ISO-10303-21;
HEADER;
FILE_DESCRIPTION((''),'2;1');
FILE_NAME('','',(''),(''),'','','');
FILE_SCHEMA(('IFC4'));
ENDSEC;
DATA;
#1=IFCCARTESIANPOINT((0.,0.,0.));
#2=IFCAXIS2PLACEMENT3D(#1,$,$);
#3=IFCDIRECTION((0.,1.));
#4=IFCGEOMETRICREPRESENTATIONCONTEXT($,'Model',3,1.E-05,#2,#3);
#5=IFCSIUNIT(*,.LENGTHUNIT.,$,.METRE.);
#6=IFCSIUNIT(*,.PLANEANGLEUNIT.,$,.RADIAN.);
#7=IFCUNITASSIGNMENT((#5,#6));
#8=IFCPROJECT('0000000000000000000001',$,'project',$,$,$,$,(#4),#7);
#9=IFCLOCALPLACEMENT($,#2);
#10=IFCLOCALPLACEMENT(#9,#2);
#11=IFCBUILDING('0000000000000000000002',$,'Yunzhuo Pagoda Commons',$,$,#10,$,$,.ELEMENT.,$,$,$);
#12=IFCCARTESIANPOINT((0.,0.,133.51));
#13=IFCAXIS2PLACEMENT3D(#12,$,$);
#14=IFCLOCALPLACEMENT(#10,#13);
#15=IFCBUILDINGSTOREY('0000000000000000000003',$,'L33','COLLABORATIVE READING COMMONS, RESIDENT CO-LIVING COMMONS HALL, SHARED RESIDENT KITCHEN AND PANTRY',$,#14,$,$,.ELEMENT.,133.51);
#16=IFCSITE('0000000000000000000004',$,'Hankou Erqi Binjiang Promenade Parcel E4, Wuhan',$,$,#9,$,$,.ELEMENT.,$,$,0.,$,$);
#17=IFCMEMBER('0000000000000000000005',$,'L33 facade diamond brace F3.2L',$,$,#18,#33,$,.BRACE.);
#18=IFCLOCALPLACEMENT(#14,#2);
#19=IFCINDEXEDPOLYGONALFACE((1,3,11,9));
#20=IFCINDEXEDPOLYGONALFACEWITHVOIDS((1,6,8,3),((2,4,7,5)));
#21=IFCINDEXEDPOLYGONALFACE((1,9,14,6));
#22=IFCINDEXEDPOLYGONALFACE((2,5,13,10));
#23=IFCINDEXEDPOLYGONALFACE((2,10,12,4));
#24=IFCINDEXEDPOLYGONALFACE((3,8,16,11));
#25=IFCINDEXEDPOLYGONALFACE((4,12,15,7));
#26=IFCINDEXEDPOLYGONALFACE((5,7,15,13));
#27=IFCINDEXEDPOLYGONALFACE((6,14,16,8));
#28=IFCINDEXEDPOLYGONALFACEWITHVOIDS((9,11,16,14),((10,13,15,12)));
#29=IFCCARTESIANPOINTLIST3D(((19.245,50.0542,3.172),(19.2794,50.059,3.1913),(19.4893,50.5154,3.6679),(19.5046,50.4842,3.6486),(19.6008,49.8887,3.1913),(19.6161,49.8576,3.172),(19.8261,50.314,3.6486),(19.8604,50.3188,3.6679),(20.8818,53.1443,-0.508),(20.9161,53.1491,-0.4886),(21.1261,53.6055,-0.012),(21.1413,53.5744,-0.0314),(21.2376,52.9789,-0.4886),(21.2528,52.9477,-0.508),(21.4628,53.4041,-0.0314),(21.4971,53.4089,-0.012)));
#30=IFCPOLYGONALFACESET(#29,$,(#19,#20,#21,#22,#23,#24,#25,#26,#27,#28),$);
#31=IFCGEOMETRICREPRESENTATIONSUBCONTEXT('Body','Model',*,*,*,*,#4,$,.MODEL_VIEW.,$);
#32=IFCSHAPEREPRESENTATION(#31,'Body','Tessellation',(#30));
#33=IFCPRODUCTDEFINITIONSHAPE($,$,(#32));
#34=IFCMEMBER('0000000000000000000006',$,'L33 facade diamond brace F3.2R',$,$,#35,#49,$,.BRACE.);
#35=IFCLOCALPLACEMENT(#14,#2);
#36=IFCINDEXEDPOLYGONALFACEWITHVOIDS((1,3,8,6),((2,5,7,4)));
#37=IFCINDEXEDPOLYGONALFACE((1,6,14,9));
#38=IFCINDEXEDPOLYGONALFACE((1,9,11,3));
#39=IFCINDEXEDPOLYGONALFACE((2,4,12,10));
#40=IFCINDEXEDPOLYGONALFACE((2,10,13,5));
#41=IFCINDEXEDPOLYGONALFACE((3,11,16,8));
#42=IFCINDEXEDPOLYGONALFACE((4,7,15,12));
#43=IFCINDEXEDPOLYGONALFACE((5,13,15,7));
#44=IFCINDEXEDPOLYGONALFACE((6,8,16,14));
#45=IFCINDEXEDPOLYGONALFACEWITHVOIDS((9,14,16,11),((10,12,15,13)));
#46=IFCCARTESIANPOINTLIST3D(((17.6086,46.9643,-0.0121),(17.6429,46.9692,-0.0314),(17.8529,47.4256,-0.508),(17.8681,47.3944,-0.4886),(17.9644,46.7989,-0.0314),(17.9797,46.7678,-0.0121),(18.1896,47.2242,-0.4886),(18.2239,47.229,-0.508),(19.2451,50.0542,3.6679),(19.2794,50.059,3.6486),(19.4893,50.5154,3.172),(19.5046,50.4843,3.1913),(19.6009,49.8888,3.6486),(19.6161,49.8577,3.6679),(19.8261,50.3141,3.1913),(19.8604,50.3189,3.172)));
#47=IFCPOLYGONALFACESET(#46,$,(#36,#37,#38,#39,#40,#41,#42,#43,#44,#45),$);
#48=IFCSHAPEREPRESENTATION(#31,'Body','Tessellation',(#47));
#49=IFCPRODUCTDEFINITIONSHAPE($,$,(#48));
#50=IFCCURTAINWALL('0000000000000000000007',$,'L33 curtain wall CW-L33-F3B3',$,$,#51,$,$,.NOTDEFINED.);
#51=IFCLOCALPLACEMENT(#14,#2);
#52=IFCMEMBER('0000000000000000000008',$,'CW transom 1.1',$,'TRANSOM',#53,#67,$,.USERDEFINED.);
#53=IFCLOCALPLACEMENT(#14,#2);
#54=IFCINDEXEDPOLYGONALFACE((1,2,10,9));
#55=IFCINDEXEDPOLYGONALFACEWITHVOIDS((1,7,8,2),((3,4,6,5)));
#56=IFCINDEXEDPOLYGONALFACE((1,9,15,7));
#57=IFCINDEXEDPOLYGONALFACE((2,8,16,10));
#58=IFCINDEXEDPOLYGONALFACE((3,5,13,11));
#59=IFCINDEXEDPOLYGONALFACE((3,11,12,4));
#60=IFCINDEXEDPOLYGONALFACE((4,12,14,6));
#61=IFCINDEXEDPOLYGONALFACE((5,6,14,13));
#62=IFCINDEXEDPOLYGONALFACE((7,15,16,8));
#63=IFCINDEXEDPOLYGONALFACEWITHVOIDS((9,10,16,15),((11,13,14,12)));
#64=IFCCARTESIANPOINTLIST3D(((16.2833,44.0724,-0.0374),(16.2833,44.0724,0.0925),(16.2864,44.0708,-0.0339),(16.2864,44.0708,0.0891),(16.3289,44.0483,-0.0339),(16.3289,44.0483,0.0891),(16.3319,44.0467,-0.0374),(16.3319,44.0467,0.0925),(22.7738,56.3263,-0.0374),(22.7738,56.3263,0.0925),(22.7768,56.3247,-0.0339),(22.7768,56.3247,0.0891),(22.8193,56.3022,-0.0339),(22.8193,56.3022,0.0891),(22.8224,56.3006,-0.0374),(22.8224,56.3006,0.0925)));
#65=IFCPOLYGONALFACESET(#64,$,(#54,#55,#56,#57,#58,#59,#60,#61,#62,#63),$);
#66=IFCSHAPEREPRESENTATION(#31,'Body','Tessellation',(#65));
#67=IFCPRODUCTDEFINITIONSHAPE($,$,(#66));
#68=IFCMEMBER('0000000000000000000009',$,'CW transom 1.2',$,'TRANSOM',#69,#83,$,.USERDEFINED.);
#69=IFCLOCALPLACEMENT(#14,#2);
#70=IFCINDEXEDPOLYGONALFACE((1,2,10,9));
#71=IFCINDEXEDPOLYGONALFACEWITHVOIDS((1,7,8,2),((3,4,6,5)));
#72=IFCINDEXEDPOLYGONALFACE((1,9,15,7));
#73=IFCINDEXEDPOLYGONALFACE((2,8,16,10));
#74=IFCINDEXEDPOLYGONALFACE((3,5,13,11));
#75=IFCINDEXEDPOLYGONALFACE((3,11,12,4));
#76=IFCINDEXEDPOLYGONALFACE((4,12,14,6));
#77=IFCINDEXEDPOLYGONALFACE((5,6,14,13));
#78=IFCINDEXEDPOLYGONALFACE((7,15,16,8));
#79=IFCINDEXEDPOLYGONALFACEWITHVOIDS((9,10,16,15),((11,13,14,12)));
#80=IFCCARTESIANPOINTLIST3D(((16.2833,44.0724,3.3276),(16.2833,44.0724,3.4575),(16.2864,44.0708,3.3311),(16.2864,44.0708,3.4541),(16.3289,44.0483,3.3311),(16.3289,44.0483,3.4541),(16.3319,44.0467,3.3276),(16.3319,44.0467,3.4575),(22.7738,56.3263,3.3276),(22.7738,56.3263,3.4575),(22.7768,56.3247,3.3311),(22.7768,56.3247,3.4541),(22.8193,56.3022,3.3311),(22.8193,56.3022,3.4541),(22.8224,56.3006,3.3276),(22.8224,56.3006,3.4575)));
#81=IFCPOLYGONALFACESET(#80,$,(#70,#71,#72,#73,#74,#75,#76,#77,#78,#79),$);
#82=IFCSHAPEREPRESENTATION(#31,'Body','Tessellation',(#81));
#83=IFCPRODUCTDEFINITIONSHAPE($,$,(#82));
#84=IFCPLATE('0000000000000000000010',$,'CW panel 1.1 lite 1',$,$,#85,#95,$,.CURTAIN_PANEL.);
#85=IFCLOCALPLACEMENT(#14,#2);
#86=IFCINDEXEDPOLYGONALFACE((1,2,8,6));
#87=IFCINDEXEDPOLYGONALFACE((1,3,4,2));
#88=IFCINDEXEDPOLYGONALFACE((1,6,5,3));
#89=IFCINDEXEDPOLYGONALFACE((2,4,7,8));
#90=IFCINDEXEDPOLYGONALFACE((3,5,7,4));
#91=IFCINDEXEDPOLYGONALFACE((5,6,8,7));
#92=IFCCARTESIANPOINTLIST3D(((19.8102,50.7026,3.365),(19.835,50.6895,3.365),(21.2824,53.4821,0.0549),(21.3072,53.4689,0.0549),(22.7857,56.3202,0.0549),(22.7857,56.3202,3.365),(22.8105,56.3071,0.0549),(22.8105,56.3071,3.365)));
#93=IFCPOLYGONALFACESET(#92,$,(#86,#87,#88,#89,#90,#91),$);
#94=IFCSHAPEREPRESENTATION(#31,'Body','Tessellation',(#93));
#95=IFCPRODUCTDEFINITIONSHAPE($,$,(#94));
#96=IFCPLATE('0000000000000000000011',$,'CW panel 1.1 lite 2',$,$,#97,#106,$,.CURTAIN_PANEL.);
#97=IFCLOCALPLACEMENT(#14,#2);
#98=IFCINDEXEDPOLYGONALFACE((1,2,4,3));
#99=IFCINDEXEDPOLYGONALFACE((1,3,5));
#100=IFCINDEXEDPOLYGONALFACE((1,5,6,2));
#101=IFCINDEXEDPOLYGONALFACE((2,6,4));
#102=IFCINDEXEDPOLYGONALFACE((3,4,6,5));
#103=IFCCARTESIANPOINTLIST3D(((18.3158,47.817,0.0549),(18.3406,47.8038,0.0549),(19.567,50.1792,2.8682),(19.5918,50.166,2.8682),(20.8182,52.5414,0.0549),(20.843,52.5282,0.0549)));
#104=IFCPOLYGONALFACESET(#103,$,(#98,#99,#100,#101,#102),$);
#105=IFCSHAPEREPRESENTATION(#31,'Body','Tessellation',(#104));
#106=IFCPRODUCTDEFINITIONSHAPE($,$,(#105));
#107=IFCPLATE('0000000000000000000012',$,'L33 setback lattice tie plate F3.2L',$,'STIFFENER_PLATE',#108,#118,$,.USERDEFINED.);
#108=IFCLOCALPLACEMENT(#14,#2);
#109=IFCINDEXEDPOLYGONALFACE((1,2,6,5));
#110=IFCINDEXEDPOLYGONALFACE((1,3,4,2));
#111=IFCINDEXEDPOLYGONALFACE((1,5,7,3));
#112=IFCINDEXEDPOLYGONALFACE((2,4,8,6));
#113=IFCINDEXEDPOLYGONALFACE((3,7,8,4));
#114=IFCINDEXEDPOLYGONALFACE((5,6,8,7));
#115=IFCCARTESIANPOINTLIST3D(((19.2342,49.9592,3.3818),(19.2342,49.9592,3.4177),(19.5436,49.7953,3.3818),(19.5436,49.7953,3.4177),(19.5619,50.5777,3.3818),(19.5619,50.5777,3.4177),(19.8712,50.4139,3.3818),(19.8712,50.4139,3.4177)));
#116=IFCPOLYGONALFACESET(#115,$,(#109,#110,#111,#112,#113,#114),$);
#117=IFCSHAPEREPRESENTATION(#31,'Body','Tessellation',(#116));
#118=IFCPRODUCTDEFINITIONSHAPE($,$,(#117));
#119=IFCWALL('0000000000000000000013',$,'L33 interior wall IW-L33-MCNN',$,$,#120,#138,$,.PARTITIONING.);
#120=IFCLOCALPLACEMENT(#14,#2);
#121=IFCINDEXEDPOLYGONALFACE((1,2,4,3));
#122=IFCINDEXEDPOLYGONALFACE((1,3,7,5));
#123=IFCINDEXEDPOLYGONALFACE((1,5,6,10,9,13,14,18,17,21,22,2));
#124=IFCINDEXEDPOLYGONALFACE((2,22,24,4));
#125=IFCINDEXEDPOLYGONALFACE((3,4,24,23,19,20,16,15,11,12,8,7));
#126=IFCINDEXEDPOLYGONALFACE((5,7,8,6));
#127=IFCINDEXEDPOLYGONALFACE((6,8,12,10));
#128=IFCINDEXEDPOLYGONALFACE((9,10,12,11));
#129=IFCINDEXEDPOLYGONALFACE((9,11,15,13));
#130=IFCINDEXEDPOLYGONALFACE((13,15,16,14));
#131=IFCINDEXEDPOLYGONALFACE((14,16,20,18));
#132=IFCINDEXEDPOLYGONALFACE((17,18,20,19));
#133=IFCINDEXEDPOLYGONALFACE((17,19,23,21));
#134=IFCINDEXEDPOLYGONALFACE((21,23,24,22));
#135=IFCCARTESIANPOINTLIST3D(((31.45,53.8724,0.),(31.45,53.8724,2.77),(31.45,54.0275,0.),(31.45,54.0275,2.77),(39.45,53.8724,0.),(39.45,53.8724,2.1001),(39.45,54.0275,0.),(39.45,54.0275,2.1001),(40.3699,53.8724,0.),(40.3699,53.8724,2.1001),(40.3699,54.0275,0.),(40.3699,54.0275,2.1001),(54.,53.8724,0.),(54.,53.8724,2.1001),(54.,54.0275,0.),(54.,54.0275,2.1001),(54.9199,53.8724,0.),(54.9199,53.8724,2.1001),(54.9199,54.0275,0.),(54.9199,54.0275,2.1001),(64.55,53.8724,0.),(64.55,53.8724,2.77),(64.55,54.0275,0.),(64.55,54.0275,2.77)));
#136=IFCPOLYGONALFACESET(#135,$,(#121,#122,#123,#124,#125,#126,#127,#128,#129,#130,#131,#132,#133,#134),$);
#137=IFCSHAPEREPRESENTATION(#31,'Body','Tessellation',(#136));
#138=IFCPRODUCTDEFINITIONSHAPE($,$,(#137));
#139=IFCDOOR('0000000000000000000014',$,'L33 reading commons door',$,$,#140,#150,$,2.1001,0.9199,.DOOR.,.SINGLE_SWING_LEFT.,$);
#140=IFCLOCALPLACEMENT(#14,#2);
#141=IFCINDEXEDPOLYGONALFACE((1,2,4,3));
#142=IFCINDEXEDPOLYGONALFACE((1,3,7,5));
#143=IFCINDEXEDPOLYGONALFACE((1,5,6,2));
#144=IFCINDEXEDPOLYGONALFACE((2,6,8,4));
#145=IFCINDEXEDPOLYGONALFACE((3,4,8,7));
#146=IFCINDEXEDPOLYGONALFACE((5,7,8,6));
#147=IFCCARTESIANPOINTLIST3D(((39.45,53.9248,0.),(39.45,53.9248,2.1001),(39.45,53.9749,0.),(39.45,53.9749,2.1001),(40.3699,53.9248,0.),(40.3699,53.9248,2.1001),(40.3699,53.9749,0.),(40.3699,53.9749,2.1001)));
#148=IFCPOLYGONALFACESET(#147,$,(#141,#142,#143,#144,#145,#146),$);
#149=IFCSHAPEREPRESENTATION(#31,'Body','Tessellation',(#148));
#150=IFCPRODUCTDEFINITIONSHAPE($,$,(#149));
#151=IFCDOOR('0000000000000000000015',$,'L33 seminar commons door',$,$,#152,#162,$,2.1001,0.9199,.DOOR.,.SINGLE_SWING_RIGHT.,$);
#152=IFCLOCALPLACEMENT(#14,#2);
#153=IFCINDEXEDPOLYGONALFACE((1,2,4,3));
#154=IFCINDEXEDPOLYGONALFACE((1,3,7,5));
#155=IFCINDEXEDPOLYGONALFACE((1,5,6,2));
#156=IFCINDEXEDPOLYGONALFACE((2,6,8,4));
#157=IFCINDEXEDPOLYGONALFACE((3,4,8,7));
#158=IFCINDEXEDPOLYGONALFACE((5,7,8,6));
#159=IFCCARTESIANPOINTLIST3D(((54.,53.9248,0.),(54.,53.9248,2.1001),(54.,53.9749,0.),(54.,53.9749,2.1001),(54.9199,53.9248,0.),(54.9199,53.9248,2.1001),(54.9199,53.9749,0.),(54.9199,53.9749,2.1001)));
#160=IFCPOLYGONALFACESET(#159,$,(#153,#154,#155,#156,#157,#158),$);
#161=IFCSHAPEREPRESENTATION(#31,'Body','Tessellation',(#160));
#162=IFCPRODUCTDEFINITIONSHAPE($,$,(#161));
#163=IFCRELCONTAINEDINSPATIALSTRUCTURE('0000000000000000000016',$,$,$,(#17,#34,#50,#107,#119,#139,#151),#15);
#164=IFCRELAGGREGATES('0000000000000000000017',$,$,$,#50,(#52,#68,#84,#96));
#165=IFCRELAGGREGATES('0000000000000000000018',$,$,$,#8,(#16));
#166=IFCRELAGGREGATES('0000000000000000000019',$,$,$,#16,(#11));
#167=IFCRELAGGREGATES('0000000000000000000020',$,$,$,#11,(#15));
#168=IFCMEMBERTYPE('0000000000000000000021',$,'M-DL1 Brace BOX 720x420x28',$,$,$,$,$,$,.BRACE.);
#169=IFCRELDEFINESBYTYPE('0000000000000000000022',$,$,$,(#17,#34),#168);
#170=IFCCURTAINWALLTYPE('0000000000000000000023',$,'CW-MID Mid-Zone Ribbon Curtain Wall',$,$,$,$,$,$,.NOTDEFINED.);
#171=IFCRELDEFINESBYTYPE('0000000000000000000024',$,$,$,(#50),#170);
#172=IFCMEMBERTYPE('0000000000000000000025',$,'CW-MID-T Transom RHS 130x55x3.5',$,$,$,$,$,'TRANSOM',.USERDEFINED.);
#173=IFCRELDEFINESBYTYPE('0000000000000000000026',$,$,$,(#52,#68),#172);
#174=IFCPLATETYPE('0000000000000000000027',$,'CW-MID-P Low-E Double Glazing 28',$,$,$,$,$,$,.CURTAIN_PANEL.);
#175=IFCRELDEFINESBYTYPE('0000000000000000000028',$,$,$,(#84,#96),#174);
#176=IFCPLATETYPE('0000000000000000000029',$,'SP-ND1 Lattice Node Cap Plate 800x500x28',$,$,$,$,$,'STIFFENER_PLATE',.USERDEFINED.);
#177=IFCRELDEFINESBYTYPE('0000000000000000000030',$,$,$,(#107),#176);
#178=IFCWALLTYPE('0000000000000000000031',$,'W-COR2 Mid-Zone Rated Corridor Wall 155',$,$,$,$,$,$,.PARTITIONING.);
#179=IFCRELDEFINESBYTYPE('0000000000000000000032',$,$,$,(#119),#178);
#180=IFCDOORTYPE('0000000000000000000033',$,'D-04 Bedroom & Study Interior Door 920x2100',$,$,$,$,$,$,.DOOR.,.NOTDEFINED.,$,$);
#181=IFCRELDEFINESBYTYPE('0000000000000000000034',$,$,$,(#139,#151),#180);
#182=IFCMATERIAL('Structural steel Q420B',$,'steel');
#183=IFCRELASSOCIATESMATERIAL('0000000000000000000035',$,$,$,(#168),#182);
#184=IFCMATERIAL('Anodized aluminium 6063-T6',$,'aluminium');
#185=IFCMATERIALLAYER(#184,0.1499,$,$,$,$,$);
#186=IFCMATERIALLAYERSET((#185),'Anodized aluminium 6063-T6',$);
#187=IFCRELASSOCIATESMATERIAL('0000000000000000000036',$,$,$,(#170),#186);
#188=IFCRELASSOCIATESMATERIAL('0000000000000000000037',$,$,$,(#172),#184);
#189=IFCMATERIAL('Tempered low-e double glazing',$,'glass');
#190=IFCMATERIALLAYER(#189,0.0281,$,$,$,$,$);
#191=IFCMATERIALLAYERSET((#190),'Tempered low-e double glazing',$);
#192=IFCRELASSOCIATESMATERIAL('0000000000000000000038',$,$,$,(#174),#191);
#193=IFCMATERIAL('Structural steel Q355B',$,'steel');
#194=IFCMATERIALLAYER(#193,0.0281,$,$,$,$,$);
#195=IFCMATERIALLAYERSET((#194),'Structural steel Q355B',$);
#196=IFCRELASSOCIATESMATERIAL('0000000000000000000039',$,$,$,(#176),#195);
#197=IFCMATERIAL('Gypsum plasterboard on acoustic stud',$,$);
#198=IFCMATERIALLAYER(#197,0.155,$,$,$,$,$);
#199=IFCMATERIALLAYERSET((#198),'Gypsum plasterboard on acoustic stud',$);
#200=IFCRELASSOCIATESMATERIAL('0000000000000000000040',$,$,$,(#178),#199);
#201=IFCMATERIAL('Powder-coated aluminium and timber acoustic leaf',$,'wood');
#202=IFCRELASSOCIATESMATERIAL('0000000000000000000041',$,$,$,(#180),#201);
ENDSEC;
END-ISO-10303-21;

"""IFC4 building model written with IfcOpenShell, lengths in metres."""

from ifc_helpers import new_model, si_unit, direction, frame, frame_2d, origin, origin_with_axes, origin_2d, place, context, subcontext, project, spatial, polyline, rectangle, hollow_rectangle, outline, extrude, source, transform, mapped, material, layer, layer_set, material_profile, profile_set, type_object, element, fill, aggregate, save


model = new_model("IFC4")

# Units and contexts
model_context = context("Model", 3, precision=1e-05, world=origin(), true_north=direction((0.0, 1.0)))
body_context = subcontext(model_context, "Body", "Model", "MODEL_VIEW")
ifc_project = project(units=[si_unit("LENGTHUNIT", "METRE"), si_unit("PLANEANGLEUNIT", "RADIAN")], contexts=[model_context])

# Site, building, storey
site_placement = place(None, origin())
site = spatial("IfcSite", under=ifc_project, at=site_placement, Name="Hankou Erqi Binjiang Promenade Parcel E4, Wuhan", CompositionType="ELEMENT", RefElevation=0.0)
building_placement = place(site_placement, origin())
building = spatial("IfcBuilding", under=site, at=building_placement, Name="Yunzhuo Pagoda Commons", CompositionType="ELEMENT")
storey_placement = place(building_placement, frame((0.0, 0.0, 133.51)))
storey = spatial("IfcBuildingStorey", under=building, at=storey_placement, Name="L33", Description="COLLABORATIVE READING COMMONS, RESIDENT CO-LIVING COMMONS HALL, SHARED RESIDENT KITCHEN AND PANTRY", CompositionType="ELEMENT", Elevation=133.51)

# Shared definitions
ifc_material_1 = material(Name="Structural steel Q420B", Category="steel")

# Shared definitions
ifc_material_2 = material(Name="Structural steel Q355B", Category="steel")

# Members
ifc_material_profile_1 = material_profile(ifc_material_1, hollow_rectangle(XDim=0.4199, YDim=0.72, WallThickness=0.0281, at=origin_2d()), Name="Structural steel Q420B")
ifc_profile_set_1 = profile_set([ifc_material_profile_1], Name="Structural steel Q420B")
member_type_1 = type_object("IfcMemberType", Name="M-DL1 Brace BOX 720x420x28", PredefinedType="BRACE", material=ifc_profile_set_1)
shared_shape_1 = source(origin(), body_context, "Body", "SweptSolid", [
    extrude(hollow_rectangle(XDim=0.4199, YDim=0.72, WallThickness=0.0281, at=origin_2d()), origin(), (0.0, 0.0, 1.0), 5.0764),
])
member_1_placement = place(storey_placement, frame((21.1895, 53.2766, -0.26), z_axis=(-0.32242, -0.608722, 0.724916), x_axis=(0.883694, -0.468064, 0.0)))
element("IfcMember", 1, at=member_1_placement, inside=storey, type_object=member_type_1, Name="L33 facade diamond brace F3.2L", PredefinedType="BRACE", context=body_context, shape_type="MappedRepresentation", body=[
    mapped(shared_shape_1, transform((0.0, 0.0, 0.0), scale=1.0)),
])
shared_shape_2 = source(origin(), body_context, "Body", "SweptSolid", [
    extrude(hollow_rectangle(XDim=0.4199, YDim=0.72, WallThickness=0.0281, at=origin_2d()), origin(), (0.0, 0.0, 1.0), 5.0762),
])
member_2_placement = place(storey_placement, frame((17.9163, 47.0967, -0.26), z_axis=(0.322386, 0.608701, 0.724948), x_axis=(-0.883708, 0.468038, 0.0)))
element("IfcMember", 2, at=member_2_placement, inside=storey, type_object=member_type_1, Name="L33 facade diamond brace F3.2R", PredefinedType="BRACE", context=body_context, shape_type="MappedRepresentation", body=[
    mapped(shared_shape_2, transform((0.0, 0.0, 0.0), scale=1.0)),
])

# Curtain wall, members, plates
ifc_material_3 = material(Name="Anodized aluminium 6063-T6", Category="aluminium")
ifc_layer_1 = layer(ifc_material_3, 0.1499)
ifc_layer_set_1 = layer_set([ifc_layer_1], Name="Anodized aluminium 6063-T6")
curtain_wall_type = type_object("IfcCurtainWallType", Name="CW-MID Mid-Zone Ribbon Curtain Wall", PredefinedType="NOTDEFINED", material=ifc_layer_set_1)
curtain_wall_placement = place(storey_placement, origin())
curtain_wall = element("IfcCurtainWall", 3, at=curtain_wall_placement, inside=storey, type_object=curtain_wall_type, Name="L33 curtain wall CW-L33-F3B3", PredefinedType="NOTDEFINED")
ifc_material_profile_2 = material_profile(ifc_material_3, hollow_rectangle(XDim=0.0549, YDim=0.1299, WallThickness=0.0034, at=origin_2d()), Name="Anodized aluminium 6063-T6")
ifc_profile_set_2 = profile_set([ifc_material_profile_2], Name="Anodized aluminium 6063-T6")
member_type_2 = type_object("IfcMemberType", Name="CW-MID-T Transom RHS 130x55x3.5", ElementType="TRANSOM", PredefinedType="USERDEFINED", material=ifc_profile_set_2)
shared_shape_3 = source(origin(), body_context, "Body", "SweptSolid", [
    extrude(hollow_rectangle(XDim=0.0549, YDim=0.1299, WallThickness=0.0034, at=origin_2d()), origin(), (0.0, 0.0, 1.0), 13.8667),
])
member_3_placement = place(storey_placement, frame((22.7981, 56.3135, 0.0276), z_axis=(-0.468063, -0.883695, 0.0), x_axis=(0.883695, -0.468063, 0.0)))
member_3 = element("IfcMember", 4, at=member_3_placement, type_object=member_type_2, Name="CW transom 1.1", ObjectType="TRANSOM", PredefinedType="USERDEFINED", context=body_context, shape_type="MappedRepresentation", body=[
    mapped(shared_shape_3, transform((0.0, 0.0, 0.0), scale=1.0)),
])
member_4_placement = place(storey_placement, frame((22.7981, 56.3135, 3.3926), z_axis=(-0.468063, -0.883695, 0.0), x_axis=(0.883695, -0.468063, 0.0)))
member_4 = element("IfcMember", 5, at=member_4_placement, type_object=member_type_2, Name="CW transom 1.2", ObjectType="TRANSOM", PredefinedType="USERDEFINED", context=body_context, shape_type="MappedRepresentation", body=[
    mapped(shared_shape_3, transform((0.0, 0.0, 0.0), scale=1.0)),
])
ifc_material_4 = material(Name="Tempered low-e double glazing", Category="glass")
ifc_layer_2 = layer(ifc_material_4, 0.0281)
ifc_layer_set_2 = layer_set([ifc_layer_2], Name="Tempered low-e double glazing")
plate_type_1 = type_object("IfcPlateType", Name="CW-MID-P Low-E Double Glazing 28", PredefinedType="CURTAIN_PANEL", material=ifc_layer_set_2)
plate_1_placement = place(storey_placement, frame((21.3228, 53.4983, 1.71), z_axis=(-0.883694, 0.468065, 0.0), x_axis=(-0.468065, -0.883694, 0.0)))
plate_1 = element("IfcPlate", 6, at=plate_1_placement, type_object=plate_type_1, Name="CW panel 1.1 lite 1", PredefinedType="CURTAIN_PANEL", context=body_context, shape_type="SweptSolid", body=[
    extrude(outline(polyline([(-3.1785, -1.655), (0.0332, -1.655), (3.1785, 1.655), (-3.1785, 1.655), (-3.1785, -1.655)])), origin(), (0.0, 0.0, 1.0), 0.0281),
])
plate_2_placement = place(storey_placement, frame((19.5918, 50.166, 1.4617), z_axis=(-0.883694, 0.468065, 0.0), x_axis=(-0.468065, -0.883694, 0.0)))
plate_2 = element("IfcPlate", 7, at=plate_2_placement, type_object=plate_type_1, Name="CW panel 1.1 lite 2", PredefinedType="CURTAIN_PANEL", context=body_context, shape_type="SweptSolid", body=[
    extrude(outline(polyline([(-2.6731, -1.4067), (2.6731, -1.4067), (0.0, 1.4065), (-2.6731, -1.4067)])), origin(), (0.0, 0.0, 1.0), 0.0281),
])
aggregate(curtain_wall, [member_3, member_4, plate_1, plate_2])

# Plate
ifc_layer_3 = layer(ifc_material_2, 0.0281)
ifc_layer_set_3 = layer_set([ifc_layer_3], Name="Structural steel Q355B")
plate_type_2 = type_object("IfcPlateType", Name="SP-ND1 Lattice Node Cap Plate 800x500x28", ElementType="STIFFENER_PLATE", PredefinedType="USERDEFINED", material=ifc_layer_set_3)
shared_shape_4 = source(origin(), body_context, "Body", "SweptSolid", [
    extrude(rectangle(XDim=0.7, YDim=0.3501, at=origin_2d()), origin(), (0.0, 0.0, 1.0), 0.0359),
])
plate_3_placement = place(storey_placement, frame((19.5527, 50.1865, 3.3818), z_axis=(0.0, 0.0, 1.0), x_axis=(-0.468069, -0.883692, 0.0)))
element("IfcPlate", 8, at=plate_3_placement, inside=storey, type_object=plate_type_2, Name="L33 setback lattice tie plate F3.2L", ObjectType="STIFFENER_PLATE", PredefinedType="USERDEFINED", context=body_context, shape_type="MappedRepresentation", body=[
    mapped(shared_shape_4, transform((0.0, 0.0, 0.0), scale=1.0)),
])

# Wall, openings, doors
ifc_material_5 = material(Name="Gypsum plasterboard on acoustic stud")
ifc_layer_4 = layer(ifc_material_5, 0.155)
ifc_layer_set_4 = layer_set([ifc_layer_4], Name="Gypsum plasterboard on acoustic stud")
wall_type_1 = type_object("IfcWallType", Name="W-COR2 Mid-Zone Rated Corridor Wall 155", PredefinedType="PARTITIONING", material=ifc_layer_set_4)
wall_1_placement = place(storey_placement, frame((31.45, 53.95, 0.0), z_axis=(0.0, 0.0, 1.0), x_axis=(1.0, 0.0, 0.0)))
wall_1 = element("IfcWall", 9, at=wall_1_placement, inside=storey, type_object=wall_type_1, Name="L33 interior wall IW-L33-MCNN", PredefinedType="PARTITIONING", context=body_context, shape_type="SweptSolid", body=[
    extrude(rectangle(XDim=33.1001, YDim=0.155, at=frame_2d((16.55, 0.0))), origin(), (0.0, 0.0, 1.0), 2.77),
])
opening_1_placement = place(wall_1_placement, frame((8.0, 0.0, 0.0)))
opening_1 = element("IfcOpeningElement", 10, at=opening_1_placement, cuts=wall_1, PredefinedType="OPENING", context=body_context, shape_type="SweptSolid", body=[
    extrude(rectangle(XDim=0.9199, YDim=2.1001, at=frame_2d((0.46, 1.05))), frame((0.0, 0.0874, 0.0), z_axis=(0.0, -1.0, 0.0), x_axis=(1.0, 0.0, 0.0)), (0.0, 0.0, 1.0), 0.175),
])
opening_2_placement = place(wall_1_placement, frame((22.55, 0.0, 0.0)))
opening_2 = element("IfcOpeningElement", 11, at=opening_2_placement, cuts=wall_1, PredefinedType="OPENING", context=body_context, shape_type="SweptSolid", body=[
    extrude(rectangle(XDim=0.9199, YDim=2.1001, at=frame_2d((0.46, 1.05))), frame((0.0, 0.0874, 0.0), z_axis=(0.0, -1.0, 0.0), x_axis=(1.0, 0.0, 0.0)), (0.0, 0.0, 1.0), 0.175),
])
ifc_material_6 = material(Name="Powder-coated aluminium and timber acoustic leaf", Category="wood")
door_type_1 = type_object("IfcDoorType", Name="D-04 Bedroom & Study Interior Door 920x2100", OperationType="NOTDEFINED", PredefinedType="DOOR", material=ifc_material_6)
shared_shape_5 = source(origin(), body_context, "Body", "SweptSolid", [
    extrude(rectangle(XDim=0.9199, YDim=2.1001, at=frame_2d((0.46, 1.05))), frame((0.0, 0.0249, 0.0), z_axis=(0.0, -1.0, 0.0), x_axis=(1.0, 0.0, 0.0)), (0.0, 0.0, 1.0), 0.05),
])
door_1_placement = place(opening_1_placement, origin_with_axes())
door_1 = element("IfcDoor", 12, at=door_1_placement, inside=storey, type_object=door_type_1, Name="L33 reading commons door", OperationType="SINGLE_SWING_LEFT", OverallHeight=2.1001, OverallWidth=0.9199, PredefinedType="DOOR", context=body_context, shape_type="MappedRepresentation", body=[
    mapped(shared_shape_5, transform((0.0, 0.0, 0.0), scale=1.0)),
])
fill(opening_1, door_1)
door_2_placement = place(opening_2_placement, origin_with_axes())
door_2 = element("IfcDoor", 13, at=door_2_placement, inside=storey, type_object=door_type_1, Name="L33 seminar commons door", OperationType="SINGLE_SWING_RIGHT", OverallHeight=2.1001, OverallWidth=0.9199, PredefinedType="DOOR", context=body_context, shape_type="MappedRepresentation", body=[
    mapped(shared_shape_5, transform((0.0, 0.0, 0.0), scale=1.0)),
])
fill(opening_2, door_2)

save(model, "model.ifc")
